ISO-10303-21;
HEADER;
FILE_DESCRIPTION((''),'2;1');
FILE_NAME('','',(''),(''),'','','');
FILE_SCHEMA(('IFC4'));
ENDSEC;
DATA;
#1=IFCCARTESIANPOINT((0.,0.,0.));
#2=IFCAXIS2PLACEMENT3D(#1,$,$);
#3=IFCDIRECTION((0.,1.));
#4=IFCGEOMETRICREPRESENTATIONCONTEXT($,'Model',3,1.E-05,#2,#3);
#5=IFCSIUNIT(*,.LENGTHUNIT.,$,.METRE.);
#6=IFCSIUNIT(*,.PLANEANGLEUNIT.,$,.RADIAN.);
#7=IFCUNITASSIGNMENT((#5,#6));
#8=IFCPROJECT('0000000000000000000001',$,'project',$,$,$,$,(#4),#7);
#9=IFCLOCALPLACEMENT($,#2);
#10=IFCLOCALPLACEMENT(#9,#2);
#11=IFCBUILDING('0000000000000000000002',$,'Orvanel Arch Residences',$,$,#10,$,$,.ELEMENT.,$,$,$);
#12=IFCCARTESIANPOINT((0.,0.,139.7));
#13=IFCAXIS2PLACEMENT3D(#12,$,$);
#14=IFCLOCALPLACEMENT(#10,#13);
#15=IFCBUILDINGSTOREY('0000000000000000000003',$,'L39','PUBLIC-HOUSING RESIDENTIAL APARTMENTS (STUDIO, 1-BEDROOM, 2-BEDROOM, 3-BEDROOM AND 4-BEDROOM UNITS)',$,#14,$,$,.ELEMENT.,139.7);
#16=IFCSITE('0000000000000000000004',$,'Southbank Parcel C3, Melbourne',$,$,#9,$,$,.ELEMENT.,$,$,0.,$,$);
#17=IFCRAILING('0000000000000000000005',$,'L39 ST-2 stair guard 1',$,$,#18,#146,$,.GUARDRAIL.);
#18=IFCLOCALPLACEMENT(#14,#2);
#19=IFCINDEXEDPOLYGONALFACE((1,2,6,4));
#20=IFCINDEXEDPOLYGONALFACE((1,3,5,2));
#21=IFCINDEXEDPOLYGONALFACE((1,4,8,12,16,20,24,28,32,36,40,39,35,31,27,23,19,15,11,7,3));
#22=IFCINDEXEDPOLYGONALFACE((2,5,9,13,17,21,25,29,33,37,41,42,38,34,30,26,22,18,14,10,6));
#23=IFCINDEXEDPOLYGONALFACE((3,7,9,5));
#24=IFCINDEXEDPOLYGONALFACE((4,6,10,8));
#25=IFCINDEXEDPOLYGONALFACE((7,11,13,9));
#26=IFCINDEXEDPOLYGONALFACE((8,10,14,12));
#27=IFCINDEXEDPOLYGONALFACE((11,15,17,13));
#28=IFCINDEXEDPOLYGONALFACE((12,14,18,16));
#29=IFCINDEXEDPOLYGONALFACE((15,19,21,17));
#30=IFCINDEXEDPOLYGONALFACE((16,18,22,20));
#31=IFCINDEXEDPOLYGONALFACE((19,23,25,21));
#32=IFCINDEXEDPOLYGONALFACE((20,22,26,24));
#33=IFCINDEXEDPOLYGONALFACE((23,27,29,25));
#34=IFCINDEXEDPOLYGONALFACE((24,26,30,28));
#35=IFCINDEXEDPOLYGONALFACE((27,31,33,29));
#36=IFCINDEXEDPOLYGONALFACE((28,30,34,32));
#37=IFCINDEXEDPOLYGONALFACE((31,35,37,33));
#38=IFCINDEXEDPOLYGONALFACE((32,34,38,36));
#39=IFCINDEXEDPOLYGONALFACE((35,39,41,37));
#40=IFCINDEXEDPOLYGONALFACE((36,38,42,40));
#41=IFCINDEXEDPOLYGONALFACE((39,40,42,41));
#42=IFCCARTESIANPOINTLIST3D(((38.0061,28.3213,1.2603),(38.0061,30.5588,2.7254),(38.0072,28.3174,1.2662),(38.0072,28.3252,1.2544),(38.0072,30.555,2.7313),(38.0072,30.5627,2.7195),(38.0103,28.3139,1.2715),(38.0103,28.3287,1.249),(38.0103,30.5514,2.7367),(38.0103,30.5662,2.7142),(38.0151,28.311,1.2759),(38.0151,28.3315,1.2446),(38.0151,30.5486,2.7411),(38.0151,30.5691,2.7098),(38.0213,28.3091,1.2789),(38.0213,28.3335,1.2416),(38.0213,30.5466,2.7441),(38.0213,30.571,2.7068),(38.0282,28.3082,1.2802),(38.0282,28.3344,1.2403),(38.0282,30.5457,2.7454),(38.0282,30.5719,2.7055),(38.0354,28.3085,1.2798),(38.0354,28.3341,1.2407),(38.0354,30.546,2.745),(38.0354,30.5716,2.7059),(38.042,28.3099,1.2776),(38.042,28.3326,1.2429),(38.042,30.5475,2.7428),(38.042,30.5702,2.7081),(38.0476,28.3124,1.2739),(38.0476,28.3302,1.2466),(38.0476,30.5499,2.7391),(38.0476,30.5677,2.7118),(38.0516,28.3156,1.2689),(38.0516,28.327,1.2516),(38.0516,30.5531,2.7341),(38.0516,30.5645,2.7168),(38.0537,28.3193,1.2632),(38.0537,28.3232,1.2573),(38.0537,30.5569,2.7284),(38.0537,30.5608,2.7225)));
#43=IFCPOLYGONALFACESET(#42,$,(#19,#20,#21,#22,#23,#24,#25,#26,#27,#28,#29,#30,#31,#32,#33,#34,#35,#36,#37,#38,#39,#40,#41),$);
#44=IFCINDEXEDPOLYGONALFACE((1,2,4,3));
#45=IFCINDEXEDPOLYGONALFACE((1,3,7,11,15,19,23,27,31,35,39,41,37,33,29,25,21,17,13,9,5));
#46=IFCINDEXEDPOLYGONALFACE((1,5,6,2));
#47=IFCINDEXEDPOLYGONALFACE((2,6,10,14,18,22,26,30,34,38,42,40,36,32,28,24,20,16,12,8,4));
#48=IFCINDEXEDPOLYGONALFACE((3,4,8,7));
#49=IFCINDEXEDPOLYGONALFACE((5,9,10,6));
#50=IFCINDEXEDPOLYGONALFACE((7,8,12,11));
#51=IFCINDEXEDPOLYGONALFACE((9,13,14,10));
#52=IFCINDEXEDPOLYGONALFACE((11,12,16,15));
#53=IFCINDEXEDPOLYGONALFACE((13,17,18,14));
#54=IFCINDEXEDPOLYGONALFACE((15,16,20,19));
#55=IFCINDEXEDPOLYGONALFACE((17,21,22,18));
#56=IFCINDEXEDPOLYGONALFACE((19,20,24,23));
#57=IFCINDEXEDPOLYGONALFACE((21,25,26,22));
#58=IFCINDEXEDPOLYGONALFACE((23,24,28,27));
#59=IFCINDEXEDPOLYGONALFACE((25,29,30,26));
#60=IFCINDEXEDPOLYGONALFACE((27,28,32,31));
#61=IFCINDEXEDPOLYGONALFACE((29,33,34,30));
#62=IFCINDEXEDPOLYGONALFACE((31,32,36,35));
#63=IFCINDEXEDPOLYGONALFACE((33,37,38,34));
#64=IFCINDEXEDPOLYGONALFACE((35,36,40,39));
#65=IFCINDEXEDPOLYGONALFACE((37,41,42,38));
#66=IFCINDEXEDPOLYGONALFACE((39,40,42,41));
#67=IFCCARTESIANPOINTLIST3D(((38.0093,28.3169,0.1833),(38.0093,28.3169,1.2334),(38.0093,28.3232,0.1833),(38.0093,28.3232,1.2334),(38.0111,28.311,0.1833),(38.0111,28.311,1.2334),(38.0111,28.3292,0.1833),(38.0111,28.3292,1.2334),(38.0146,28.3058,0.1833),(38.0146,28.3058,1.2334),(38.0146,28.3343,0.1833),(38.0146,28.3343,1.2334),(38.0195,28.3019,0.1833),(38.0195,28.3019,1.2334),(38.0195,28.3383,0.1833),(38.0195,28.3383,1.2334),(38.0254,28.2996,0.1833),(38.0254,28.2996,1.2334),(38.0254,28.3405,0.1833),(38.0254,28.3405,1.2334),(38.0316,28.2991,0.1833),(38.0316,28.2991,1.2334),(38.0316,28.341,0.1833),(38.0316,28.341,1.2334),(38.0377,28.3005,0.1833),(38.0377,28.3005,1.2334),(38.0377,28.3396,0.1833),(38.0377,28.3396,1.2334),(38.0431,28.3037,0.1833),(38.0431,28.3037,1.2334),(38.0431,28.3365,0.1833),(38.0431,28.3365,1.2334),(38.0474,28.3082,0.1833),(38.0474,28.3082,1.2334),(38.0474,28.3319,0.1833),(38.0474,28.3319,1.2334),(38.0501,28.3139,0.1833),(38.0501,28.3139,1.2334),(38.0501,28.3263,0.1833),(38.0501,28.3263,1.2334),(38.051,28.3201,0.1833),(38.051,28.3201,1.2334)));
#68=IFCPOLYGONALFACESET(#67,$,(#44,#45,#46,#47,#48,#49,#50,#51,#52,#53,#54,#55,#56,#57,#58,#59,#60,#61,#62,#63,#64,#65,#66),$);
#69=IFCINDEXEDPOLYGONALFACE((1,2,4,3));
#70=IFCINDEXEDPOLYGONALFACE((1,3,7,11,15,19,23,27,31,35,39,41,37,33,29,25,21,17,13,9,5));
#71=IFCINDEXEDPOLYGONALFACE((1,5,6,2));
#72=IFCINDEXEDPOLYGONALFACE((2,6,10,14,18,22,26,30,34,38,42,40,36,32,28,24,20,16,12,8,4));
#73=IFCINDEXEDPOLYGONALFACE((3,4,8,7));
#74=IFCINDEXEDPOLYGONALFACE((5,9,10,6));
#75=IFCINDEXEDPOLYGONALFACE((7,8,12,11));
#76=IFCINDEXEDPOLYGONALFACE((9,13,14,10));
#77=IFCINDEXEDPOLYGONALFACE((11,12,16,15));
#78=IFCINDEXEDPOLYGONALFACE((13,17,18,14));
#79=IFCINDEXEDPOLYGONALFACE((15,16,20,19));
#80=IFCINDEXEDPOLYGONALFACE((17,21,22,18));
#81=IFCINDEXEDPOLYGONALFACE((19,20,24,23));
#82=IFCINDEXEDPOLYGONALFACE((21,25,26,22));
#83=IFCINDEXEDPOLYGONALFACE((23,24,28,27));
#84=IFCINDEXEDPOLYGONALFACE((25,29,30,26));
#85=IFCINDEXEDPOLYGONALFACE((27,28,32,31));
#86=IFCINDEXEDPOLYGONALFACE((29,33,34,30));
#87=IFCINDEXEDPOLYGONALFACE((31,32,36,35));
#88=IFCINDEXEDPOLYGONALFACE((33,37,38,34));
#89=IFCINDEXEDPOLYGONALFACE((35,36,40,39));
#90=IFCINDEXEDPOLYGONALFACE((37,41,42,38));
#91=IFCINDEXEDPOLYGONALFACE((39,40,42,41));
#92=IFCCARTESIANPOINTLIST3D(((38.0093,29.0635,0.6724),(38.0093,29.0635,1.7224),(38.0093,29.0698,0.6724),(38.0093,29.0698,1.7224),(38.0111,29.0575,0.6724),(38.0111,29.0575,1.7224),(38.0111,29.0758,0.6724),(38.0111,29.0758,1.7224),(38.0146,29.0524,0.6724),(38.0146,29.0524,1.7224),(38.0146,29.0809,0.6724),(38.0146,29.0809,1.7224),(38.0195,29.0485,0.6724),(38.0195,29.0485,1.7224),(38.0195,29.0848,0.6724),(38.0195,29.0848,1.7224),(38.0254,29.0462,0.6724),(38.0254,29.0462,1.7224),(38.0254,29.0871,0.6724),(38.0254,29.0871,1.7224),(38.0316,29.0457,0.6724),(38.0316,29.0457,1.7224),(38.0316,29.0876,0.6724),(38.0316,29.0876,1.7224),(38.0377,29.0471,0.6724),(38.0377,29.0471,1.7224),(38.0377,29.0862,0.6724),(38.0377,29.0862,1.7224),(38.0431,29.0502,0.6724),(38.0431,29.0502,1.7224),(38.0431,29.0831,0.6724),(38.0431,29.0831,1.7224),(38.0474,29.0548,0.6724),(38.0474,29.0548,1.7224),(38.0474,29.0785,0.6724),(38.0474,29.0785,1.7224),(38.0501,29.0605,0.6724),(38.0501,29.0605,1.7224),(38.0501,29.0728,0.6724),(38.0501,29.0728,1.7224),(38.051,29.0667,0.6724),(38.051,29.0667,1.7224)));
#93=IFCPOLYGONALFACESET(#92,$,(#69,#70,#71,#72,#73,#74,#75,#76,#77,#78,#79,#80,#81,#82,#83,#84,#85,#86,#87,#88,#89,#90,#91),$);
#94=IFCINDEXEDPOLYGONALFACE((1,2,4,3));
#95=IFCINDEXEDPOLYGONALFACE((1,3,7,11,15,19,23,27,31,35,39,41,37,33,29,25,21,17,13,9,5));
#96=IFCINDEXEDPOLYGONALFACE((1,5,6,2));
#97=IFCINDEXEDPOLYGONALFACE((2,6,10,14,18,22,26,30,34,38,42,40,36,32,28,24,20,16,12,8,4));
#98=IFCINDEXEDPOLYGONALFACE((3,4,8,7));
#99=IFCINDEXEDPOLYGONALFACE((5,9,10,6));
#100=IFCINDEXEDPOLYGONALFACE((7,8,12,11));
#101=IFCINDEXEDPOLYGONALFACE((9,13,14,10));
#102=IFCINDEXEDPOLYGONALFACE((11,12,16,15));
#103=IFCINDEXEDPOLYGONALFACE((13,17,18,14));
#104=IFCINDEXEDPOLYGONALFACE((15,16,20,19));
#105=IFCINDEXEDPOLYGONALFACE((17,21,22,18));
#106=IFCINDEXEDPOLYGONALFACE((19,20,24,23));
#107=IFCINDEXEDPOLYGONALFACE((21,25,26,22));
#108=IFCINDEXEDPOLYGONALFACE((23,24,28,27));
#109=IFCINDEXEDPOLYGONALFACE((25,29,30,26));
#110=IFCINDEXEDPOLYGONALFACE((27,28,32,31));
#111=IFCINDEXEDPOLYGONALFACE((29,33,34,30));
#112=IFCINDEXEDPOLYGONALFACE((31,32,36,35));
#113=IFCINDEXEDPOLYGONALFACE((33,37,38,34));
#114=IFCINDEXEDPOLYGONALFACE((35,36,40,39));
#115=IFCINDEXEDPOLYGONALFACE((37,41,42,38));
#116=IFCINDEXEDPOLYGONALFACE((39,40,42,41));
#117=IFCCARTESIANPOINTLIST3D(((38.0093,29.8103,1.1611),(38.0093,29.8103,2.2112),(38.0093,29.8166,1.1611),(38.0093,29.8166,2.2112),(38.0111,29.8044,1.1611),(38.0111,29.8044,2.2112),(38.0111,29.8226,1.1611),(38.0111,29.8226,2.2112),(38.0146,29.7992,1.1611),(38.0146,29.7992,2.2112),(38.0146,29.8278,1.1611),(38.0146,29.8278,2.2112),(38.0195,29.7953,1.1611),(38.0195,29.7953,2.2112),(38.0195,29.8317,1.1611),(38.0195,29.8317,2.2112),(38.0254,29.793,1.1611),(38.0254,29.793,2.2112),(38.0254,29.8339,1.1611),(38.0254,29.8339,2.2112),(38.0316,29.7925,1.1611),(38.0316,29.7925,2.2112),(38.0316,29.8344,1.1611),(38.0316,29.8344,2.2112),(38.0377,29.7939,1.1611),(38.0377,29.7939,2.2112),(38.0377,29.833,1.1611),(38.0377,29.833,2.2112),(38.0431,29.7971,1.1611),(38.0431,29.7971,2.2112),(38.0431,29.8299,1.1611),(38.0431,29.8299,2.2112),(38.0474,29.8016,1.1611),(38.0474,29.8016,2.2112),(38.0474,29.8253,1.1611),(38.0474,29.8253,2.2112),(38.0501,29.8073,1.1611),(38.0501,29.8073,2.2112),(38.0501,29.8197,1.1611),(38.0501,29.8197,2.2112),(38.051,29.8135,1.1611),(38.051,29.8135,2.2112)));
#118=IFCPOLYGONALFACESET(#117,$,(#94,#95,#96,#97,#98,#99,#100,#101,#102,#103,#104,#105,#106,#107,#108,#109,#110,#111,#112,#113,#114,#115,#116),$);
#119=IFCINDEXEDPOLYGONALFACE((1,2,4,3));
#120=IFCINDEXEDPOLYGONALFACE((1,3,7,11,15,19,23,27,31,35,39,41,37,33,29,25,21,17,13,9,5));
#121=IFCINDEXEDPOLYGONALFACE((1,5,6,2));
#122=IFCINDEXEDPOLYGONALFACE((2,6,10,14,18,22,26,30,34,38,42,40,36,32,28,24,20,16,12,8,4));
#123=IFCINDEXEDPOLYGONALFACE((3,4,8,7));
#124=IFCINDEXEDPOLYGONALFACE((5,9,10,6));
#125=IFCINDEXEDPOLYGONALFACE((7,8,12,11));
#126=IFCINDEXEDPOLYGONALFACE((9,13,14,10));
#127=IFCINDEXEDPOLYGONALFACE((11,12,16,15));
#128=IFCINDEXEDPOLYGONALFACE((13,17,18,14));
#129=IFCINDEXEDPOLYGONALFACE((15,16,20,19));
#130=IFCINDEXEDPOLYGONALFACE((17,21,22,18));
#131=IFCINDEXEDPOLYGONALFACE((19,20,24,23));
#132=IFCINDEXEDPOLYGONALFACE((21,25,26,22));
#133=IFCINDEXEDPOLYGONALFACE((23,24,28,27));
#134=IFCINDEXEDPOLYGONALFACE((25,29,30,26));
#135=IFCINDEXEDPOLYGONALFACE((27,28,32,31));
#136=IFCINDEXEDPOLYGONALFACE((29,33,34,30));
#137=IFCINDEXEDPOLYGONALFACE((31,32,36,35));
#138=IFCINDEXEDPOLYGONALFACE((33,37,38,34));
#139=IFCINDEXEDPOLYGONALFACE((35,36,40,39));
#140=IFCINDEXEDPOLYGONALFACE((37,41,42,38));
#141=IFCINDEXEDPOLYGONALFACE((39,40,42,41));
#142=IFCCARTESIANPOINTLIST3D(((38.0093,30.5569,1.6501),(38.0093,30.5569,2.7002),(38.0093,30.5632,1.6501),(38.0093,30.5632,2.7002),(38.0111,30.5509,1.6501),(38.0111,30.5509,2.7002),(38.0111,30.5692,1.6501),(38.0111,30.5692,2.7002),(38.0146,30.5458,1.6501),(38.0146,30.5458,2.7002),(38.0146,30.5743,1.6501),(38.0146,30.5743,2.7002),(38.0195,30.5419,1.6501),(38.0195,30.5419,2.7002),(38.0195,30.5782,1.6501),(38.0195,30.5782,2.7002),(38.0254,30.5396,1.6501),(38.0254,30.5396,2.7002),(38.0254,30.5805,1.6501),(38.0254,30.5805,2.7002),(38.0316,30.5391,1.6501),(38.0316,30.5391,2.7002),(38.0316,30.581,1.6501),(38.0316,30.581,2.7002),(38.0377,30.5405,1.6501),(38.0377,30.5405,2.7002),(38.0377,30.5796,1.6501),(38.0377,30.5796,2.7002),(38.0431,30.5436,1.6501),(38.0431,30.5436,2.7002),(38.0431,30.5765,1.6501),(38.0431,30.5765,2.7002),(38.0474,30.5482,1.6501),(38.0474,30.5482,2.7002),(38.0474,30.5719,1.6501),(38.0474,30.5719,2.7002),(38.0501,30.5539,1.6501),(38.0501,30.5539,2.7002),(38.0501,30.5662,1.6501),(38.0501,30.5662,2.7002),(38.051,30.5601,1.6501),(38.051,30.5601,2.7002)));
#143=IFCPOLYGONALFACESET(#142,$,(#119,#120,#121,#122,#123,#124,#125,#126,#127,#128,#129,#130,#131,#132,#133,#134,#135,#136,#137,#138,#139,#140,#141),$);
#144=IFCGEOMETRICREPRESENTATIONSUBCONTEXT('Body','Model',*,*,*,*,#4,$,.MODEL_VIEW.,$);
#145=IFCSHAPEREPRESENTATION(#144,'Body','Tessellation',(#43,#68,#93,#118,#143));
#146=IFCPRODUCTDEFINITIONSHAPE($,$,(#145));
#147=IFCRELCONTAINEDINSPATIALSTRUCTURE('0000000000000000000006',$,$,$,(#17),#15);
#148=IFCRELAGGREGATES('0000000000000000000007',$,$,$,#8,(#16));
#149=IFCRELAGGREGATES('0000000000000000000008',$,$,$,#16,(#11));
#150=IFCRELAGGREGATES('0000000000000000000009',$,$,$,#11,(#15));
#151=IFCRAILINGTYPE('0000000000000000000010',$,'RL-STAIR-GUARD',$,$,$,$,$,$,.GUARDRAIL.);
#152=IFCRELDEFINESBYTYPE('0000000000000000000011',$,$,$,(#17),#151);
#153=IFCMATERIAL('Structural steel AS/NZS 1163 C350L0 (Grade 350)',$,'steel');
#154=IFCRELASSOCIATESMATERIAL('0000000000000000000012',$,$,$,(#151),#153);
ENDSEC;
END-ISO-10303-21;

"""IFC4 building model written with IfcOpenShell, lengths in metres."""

from ifc_helpers import new_model, si_unit, direction, frame, origin, origin_2d, place, context, subcontext, project, spatial, circle, extrude, material, type_object, element, save


model = new_model("IFC4")

# Units and contexts
model_context = context("Model", 3, precision=1e-05, world=origin(), true_north=direction((0.0, 1.0)))
body_context = subcontext(model_context, "Body", "Model", "MODEL_VIEW")
ifc_project = project(units=[si_unit("LENGTHUNIT", "METRE"), si_unit("PLANEANGLEUNIT", "RADIAN")], contexts=[model_context])

# Site, building, storey
site_placement = place(None, origin())
site = spatial("IfcSite", under=ifc_project, at=site_placement, Name="Southbank Parcel C3, Melbourne", CompositionType="ELEMENT", RefElevation=0.0)
building_placement = place(site_placement, origin())
building = spatial("IfcBuilding", under=site, at=building_placement, Name="Orvanel Arch Residences", CompositionType="ELEMENT")
storey_placement = place(building_placement, frame((0.0, 0.0, 139.7)))
storey = spatial("IfcBuildingStorey", under=building, at=storey_placement, Name="L39", Description="PUBLIC-HOUSING RESIDENTIAL APARTMENTS (STUDIO, 1-BEDROOM, 2-BEDROOM, 3-BEDROOM AND 4-BEDROOM UNITS)", CompositionType="ELEMENT", Elevation=139.7)

# Railing
ifc_material_1 = material(Name="Structural steel AS/NZS 1163 C350L0 (Grade 350)", Category="steel")
railing_type_1 = type_object("IfcRailingType", Name="RL-STAIR-GUARD", PredefinedType="GUARDRAIL", material=ifc_material_1)
railing_1_placement = place(storey_placement, frame((38.03, 28.3201, 0.1833)))
element("IfcRailing", 1, at=railing_1_placement, inside=storey, type_object=railing_type_1, Name="L39 ST-2 stair guard 1", PredefinedType="GUARDRAIL", context=body_context, shape_type="SweptSolid", body=[
    extrude(circle(Radius=0.0239, at=origin_2d()), frame((0.0, 0.0012, 1.0769), z_axis=(0.0, 0.836595, 0.547822), x_axis=(-1.0, 0.0, 0.0)), (0.0, 0.0, 1.0), 2.6746),
    extrude(circle(Radius=0.021, at=origin_2d()), origin(), (0.0, 0.0, 1.0), 1.05),
    extrude(circle(Radius=0.021, at=origin_2d()), frame((0.0, 0.7466, 0.489)), (0.0, 0.0, 1.0), 1.05),
    extrude(circle(Radius=0.021, at=origin_2d()), frame((0.0, 1.4934, 0.9778)), (0.0, 0.0, 1.0), 1.05),
    extrude(circle(Radius=0.021, at=origin_2d()), frame((0.0, 2.24, 1.4668)), (0.0, 0.0, 1.0), 1.05),
])

save(model, "model.ifc")
